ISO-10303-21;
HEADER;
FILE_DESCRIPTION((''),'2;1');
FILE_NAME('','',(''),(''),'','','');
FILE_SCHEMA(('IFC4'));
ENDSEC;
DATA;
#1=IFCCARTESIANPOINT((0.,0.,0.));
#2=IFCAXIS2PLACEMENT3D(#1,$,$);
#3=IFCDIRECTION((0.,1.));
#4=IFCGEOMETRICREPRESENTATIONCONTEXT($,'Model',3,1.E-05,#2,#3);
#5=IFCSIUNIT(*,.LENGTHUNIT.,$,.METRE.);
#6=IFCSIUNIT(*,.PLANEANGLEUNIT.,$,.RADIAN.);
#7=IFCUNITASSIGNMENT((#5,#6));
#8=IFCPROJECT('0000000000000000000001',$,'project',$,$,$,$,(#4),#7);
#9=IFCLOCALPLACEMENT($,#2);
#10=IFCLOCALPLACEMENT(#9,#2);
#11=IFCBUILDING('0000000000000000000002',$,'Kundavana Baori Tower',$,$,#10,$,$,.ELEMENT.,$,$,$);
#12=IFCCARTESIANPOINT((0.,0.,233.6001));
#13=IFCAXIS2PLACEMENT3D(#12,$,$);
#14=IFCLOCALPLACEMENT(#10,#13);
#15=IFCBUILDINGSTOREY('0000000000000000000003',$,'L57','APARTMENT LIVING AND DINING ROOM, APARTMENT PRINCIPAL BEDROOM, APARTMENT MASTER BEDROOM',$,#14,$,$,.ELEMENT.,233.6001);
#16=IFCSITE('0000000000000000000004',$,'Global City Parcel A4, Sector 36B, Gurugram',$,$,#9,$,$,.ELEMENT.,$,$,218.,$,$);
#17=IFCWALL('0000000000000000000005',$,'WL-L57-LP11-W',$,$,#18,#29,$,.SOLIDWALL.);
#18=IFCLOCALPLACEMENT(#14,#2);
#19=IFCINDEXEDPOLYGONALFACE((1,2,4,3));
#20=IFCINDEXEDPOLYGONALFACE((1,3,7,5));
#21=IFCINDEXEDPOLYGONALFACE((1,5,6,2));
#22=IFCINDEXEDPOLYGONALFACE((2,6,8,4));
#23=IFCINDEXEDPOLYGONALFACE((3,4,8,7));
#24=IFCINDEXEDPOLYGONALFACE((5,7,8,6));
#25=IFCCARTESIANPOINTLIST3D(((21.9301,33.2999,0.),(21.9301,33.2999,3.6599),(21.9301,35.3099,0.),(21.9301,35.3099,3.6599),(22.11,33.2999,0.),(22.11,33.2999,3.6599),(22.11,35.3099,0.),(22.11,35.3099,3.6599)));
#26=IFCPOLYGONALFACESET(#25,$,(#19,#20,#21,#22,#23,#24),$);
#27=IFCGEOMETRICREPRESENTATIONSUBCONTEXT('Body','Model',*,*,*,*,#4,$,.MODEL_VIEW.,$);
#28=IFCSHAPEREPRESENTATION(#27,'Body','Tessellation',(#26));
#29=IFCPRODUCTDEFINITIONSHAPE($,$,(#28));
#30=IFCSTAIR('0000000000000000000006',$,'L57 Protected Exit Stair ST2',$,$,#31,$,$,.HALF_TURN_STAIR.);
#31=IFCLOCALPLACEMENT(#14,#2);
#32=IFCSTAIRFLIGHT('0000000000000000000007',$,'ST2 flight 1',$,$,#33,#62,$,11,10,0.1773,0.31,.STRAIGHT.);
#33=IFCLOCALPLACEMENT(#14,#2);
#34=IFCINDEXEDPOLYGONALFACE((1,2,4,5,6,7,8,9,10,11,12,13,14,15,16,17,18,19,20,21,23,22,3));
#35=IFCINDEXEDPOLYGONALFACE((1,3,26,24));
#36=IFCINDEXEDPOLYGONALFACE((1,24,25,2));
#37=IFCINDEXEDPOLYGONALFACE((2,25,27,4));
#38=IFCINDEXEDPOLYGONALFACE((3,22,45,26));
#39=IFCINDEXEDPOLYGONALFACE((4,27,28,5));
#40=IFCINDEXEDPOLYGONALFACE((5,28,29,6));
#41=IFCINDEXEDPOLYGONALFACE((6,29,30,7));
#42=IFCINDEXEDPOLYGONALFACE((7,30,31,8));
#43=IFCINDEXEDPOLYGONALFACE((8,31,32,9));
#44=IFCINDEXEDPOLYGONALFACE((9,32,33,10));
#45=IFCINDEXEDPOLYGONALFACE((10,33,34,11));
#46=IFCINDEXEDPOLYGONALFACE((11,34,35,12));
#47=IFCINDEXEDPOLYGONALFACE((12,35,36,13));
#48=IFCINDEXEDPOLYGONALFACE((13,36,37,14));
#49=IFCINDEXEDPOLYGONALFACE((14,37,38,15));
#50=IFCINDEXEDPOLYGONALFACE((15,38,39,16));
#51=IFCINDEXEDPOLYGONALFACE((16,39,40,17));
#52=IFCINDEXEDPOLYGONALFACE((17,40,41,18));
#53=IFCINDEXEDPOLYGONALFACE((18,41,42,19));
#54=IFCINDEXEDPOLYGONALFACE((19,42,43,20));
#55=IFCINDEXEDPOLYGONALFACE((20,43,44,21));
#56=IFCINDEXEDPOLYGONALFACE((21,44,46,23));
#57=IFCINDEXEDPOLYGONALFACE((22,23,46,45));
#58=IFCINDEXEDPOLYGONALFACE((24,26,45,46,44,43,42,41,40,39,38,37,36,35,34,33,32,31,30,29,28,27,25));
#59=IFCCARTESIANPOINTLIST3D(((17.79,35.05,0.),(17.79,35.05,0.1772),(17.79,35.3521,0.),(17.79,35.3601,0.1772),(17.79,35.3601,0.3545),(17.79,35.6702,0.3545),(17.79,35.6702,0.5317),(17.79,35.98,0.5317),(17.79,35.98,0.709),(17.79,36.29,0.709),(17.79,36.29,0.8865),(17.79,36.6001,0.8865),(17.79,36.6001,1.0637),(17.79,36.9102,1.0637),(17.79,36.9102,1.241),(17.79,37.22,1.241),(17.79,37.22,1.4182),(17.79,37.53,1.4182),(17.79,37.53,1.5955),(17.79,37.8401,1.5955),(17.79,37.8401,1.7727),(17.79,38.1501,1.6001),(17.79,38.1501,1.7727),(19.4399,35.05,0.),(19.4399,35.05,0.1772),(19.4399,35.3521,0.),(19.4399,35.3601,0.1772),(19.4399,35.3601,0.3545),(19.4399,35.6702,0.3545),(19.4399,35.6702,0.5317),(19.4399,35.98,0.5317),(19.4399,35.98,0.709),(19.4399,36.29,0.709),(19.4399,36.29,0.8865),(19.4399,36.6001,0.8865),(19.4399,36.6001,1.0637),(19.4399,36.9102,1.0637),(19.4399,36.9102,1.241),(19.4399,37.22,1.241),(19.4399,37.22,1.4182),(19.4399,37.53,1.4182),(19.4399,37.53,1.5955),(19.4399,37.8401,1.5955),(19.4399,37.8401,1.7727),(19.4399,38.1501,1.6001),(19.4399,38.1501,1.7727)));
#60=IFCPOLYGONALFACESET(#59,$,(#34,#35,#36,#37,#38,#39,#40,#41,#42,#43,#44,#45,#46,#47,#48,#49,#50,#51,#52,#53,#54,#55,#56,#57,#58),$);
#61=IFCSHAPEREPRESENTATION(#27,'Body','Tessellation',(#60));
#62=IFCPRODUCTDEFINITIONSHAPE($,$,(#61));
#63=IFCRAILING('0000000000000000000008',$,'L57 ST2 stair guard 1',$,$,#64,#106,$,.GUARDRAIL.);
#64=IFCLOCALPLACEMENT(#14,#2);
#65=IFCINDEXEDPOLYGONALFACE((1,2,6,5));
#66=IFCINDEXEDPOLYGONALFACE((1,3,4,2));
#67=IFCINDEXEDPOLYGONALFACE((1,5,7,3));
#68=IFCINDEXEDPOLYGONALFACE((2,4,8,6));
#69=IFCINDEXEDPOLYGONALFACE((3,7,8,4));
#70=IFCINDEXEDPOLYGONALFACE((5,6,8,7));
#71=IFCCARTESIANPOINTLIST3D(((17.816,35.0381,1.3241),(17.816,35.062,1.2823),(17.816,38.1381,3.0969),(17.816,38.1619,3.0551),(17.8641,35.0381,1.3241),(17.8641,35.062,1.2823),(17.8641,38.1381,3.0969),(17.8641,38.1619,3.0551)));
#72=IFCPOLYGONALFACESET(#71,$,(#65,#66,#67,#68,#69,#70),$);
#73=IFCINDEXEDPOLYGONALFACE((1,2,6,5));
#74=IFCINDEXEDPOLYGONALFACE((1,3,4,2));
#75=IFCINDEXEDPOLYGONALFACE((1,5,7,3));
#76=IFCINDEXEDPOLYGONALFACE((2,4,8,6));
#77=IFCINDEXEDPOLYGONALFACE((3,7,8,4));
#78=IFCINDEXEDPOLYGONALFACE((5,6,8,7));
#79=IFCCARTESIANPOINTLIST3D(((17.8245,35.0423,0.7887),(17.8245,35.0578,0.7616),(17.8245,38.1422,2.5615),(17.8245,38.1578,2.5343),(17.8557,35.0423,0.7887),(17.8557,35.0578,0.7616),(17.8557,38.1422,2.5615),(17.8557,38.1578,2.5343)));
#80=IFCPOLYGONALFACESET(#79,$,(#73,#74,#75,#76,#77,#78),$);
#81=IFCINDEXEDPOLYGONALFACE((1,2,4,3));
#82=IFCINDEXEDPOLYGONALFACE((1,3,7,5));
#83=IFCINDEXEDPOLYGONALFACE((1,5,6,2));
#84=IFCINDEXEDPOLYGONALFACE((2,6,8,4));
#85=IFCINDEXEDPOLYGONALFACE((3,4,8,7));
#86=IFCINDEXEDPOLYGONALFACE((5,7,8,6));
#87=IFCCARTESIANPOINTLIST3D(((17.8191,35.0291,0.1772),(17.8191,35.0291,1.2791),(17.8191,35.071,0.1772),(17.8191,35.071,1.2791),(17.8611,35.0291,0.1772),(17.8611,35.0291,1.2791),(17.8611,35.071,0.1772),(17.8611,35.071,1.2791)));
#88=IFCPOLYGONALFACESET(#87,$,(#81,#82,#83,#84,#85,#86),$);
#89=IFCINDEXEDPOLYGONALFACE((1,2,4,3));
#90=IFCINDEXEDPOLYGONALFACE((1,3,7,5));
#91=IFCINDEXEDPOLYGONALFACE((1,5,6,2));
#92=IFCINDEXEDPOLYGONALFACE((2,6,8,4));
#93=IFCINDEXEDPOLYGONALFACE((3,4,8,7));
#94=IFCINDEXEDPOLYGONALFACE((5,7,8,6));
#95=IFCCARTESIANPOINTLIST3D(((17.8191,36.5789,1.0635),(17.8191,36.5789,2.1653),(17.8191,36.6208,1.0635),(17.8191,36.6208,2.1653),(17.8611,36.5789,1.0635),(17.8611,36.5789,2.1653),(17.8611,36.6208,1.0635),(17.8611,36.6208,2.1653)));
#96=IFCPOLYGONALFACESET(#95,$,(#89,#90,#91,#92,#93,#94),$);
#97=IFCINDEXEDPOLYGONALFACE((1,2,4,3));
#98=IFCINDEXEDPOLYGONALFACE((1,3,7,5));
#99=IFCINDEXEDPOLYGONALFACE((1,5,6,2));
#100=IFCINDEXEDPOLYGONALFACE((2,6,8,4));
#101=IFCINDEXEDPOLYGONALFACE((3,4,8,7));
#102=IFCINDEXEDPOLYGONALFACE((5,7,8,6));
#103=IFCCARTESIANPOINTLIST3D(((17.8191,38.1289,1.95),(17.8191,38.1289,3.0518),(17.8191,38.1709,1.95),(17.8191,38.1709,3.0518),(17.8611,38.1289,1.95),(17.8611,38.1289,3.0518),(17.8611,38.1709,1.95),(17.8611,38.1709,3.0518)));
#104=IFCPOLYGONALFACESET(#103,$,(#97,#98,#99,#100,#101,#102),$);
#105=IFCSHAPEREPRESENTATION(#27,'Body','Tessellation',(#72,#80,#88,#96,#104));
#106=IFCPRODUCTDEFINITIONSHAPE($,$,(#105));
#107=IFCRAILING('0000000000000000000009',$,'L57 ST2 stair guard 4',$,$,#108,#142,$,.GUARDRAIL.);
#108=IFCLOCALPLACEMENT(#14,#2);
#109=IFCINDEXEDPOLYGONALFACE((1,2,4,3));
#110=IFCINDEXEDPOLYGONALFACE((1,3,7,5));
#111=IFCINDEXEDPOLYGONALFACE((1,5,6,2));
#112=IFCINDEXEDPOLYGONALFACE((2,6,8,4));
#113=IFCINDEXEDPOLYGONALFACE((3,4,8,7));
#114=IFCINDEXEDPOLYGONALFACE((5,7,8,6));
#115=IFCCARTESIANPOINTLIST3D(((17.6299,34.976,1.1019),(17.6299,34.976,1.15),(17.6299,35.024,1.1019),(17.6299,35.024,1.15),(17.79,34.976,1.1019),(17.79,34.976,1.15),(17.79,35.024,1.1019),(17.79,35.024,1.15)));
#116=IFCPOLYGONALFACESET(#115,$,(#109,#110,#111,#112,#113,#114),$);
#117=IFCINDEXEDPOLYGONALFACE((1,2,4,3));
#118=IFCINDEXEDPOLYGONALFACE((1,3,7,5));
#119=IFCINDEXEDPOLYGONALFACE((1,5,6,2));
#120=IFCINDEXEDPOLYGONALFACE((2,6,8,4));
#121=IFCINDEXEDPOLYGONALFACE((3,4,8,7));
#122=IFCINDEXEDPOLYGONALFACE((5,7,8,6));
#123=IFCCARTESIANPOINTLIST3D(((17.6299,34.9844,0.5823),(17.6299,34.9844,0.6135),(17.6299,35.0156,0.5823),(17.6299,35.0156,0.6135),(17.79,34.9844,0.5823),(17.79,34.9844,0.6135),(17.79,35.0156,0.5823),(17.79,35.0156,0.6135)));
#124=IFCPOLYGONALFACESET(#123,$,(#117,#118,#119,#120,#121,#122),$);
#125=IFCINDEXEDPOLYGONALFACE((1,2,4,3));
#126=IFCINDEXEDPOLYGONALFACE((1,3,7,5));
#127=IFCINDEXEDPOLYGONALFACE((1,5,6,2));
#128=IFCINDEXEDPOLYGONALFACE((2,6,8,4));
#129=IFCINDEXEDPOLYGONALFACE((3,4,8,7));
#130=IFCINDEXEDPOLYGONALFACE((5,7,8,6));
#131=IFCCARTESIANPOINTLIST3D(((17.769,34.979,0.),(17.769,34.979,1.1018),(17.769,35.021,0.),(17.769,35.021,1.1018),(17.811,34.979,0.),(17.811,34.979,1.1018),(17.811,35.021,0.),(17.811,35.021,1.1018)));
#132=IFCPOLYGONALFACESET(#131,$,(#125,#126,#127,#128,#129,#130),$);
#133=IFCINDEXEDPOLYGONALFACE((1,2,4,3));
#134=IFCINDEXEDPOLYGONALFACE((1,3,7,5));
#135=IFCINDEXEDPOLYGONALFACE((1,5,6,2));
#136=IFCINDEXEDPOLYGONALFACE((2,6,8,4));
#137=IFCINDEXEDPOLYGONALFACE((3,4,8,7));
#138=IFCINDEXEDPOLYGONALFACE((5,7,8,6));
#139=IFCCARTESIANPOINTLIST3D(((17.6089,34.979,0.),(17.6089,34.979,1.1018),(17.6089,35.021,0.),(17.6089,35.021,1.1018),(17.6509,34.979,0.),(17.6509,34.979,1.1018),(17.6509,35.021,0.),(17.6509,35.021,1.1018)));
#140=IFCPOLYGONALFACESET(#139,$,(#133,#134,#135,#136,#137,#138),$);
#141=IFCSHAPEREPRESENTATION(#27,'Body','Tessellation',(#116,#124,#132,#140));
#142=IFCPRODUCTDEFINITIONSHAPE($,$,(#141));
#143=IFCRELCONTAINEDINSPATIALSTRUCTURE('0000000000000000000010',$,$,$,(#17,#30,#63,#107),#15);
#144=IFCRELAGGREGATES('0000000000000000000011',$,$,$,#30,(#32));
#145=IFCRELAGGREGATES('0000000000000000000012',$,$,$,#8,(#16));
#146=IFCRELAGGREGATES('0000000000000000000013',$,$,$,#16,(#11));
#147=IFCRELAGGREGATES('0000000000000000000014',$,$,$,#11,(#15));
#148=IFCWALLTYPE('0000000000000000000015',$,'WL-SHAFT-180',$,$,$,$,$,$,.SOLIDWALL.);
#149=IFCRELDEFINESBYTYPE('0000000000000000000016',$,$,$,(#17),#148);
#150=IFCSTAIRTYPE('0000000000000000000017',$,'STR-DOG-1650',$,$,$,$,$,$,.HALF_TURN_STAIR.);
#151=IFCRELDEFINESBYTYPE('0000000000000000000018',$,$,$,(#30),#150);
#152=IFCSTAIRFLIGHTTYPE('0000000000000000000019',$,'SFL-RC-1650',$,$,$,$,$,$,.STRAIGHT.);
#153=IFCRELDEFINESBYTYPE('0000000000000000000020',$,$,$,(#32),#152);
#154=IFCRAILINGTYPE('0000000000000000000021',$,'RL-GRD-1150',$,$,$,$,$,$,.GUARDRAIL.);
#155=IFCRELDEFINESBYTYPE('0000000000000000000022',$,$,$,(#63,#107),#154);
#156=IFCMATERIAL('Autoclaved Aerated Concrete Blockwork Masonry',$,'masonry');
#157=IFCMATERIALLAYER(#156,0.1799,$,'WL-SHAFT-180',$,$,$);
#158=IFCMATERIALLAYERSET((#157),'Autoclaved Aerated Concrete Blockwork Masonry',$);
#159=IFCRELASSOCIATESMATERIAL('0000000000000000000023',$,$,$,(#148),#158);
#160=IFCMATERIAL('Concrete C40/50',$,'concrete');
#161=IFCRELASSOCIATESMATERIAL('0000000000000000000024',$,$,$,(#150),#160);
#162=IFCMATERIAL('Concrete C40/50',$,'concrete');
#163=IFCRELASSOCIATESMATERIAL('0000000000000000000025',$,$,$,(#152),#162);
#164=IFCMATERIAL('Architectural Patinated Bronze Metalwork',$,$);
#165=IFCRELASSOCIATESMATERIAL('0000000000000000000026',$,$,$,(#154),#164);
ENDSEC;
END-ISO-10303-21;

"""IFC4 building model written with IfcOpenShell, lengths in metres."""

from ifc_helpers import new_model, si_unit, direction, frame, frame_2d, origin, origin_2d, place, context, subcontext, project, spatial, polyline, rectangle, outline, extrude, material, layer, layer_set, type_object, element, aggregate, save


model = new_model("IFC4")

# Units and contexts
model_context = context("Model", 3, precision=1e-05, world=origin(), true_north=direction((0.0, 1.0)))
body_context = subcontext(model_context, "Body", "Model", "MODEL_VIEW")
ifc_project = project(units=[si_unit("LENGTHUNIT", "METRE"), si_unit("PLANEANGLEUNIT", "RADIAN")], contexts=[model_context])

# Site, building, storey
site_placement = place(None, origin())
site = spatial("IfcSite", under=ifc_project, at=site_placement, Name="Global City Parcel A4, Sector 36B, Gurugram", CompositionType="ELEMENT", RefElevation=218.0)
building_placement = place(site_placement, origin())
building = spatial("IfcBuilding", under=site, at=building_placement, Name="Kundavana Baori Tower", CompositionType="ELEMENT")
storey_placement = place(building_placement, frame((0.0, 0.0, 233.6001)))
storey = spatial("IfcBuildingStorey", under=building, at=storey_placement, Name="L57", Description="APARTMENT LIVING AND DINING ROOM, APARTMENT PRINCIPAL BEDROOM, APARTMENT MASTER BEDROOM", CompositionType="ELEMENT", Elevation=233.6001)

# Shared definitions
ifc_material_1 = material(Name="Autoclaved Aerated Concrete Blockwork Masonry", Category="masonry")
ifc_layer_1 = layer(ifc_material_1, 0.1799, Name="WL-SHAFT-180")
ifc_layer_set_1 = layer_set([ifc_layer_1], Name="Autoclaved Aerated Concrete Blockwork Masonry")
wall_type_1 = type_object("IfcWallType", Name="WL-SHAFT-180", PredefinedType="SOLIDWALL", material=ifc_layer_set_1)

# Wall
wall_1_placement = place(storey_placement, frame((22.02, 33.3, 0.0), z_axis=(0.0, 0.0, 1.0), x_axis=(0.0, 1.0, 0.0)))
element("IfcWall", 1, at=wall_1_placement, inside=storey, type_object=wall_type_1, Name="WL-L57-LP11-W", PredefinedType="SOLIDWALL", context=body_context, shape_type="SweptSolid", body=[
    extrude(rectangle(XDim=2.01, YDim=0.1799, at=frame_2d((1.0049, 0.0))), origin(), (0.0, 0.0, 1.0), 3.6599),
])

# Stair, stair flight
ifc_material_2 = material(Name="Concrete C40/50", Category="concrete")
stair_type = type_object("IfcStairType", Name="STR-DOG-1650", PredefinedType="HALF_TURN_STAIR", material=ifc_material_2)
stair_placement = place(storey_placement, origin())
stair = element("IfcStair", 2, at=stair_placement, inside=storey, type_object=stair_type, Name="L57 Protected Exit Stair ST2", PredefinedType="HALF_TURN_STAIR")
ifc_material_3 = material(Name="Concrete C40/50", Category="concrete")
stair_flight_type = type_object("IfcStairFlightType", Name="SFL-RC-1650", PredefinedType="STRAIGHT", material=ifc_material_3)
stair_flight_placement = place(storey_placement, frame((18.615, 35.05, 0.0), z_axis=(0.0, 0.0, 1.0), x_axis=(0.0, 1.0, 0.0)))
stair_flight = element("IfcStairFlight", 3, at=stair_flight_placement, type_object=stair_flight_type, Name="ST2 flight 1", NumberOfRisers=11, NumberOfTreads=10, PredefinedType="STRAIGHT", RiserHeight=0.1773, TreadLength=0.31, context=body_context, shape_type="SweptSolid", body=[
    extrude(outline(polyline([(0.0, 0.0), (0.0, 0.1772), (0.3101, 0.1772), (0.3101, 0.3545), (0.6201, 0.3545), (0.6201, 0.5317), (0.9299, 0.5317), (0.9299, 0.709), (1.24, 0.709), (1.24, 0.8865), (1.55, 0.8865), (1.55, 1.0637), (1.8601, 1.0637), (1.8601, 1.241), (2.1699, 1.241), (2.1699, 1.4182), (2.48, 1.4182), (2.48, 1.5955), (2.79, 1.5955), (2.79, 1.7727), (3.1001, 1.7727), (3.1001, 1.95), (3.1001, 1.6001), (0.302, 0.0), (0.0, 0.0)])), frame((0.0, 0.825, 0.0), z_axis=(0.0, -1.0, 0.0), x_axis=(1.0, 0.0, 0.0)), (0.0, 0.0, 1.0), 1.6499),
])
aggregate(stair, [stair_flight])

# Railings
ifc_material_4 = material(Name="Architectural Patinated Bronze Metalwork")
railing_type = type_object("IfcRailingType", Name="RL-GRD-1150", PredefinedType="GUARDRAIL", material=ifc_material_4)
railing_1_placement = place(storey_placement, frame((17.8401, 35.05, 0.1772)))
element("IfcRailing", 4, at=railing_1_placement, inside=storey, type_object=railing_type, Name="L57 ST2 stair guard 1", PredefinedType="GUARDRAIL", context=body_context, shape_type="SweptSolid", body=[
    extrude(rectangle(XDim=0.0481, YDim=0.0481, at=origin_2d()), frame((0.0, 0.0, 1.126), z_axis=(0.0, 0.868079, 0.496426), x_axis=(-1.0, 0.0, 0.0)), (0.0, 0.0, 1.0), 3.571),
    extrude(rectangle(XDim=0.0312, YDim=0.0312, at=origin_2d()), frame((0.0, 0.0, 0.5979), z_axis=(0.0, 0.868079, 0.496426), x_axis=(-1.0, 0.0, 0.0)), (0.0, 0.0, 1.0), 3.571),
    extrude(rectangle(XDim=0.042, YDim=0.042, at=origin_2d()), origin(), (0.0, 0.0, 1.0), 1.1018),
    extrude(rectangle(XDim=0.042, YDim=0.042, at=origin_2d()), frame((0.0, 1.5498, 0.8862)), (0.0, 0.0, 1.0), 1.1018),
    extrude(rectangle(XDim=0.042, YDim=0.042, at=origin_2d()), frame((0.0, 3.0999, 1.7727)), (0.0, 0.0, 1.0), 1.1018),
])
railing_2_placement = place(storey_placement, frame((17.79, 35.0, 0.0)))
element("IfcRailing", 5, at=railing_2_placement, inside=storey, type_object=railing_type, Name="L57 ST2 stair guard 4", PredefinedType="GUARDRAIL", context=body_context, shape_type="SweptSolid", body=[
    extrude(rectangle(XDim=0.0481, YDim=0.0481, at=origin_2d()), frame((0.0, 0.0, 1.126), z_axis=(-1.0, 0.0, 0.0), x_axis=(0.0, -1.0, 0.0)), (0.0, 0.0, 1.0), 0.1602),
    extrude(rectangle(XDim=0.0312, YDim=0.0312, at=origin_2d()), frame((0.0, 0.0, 0.5979), z_axis=(-1.0, 0.0, 0.0), x_axis=(0.0, -1.0, 0.0)), (0.0, 0.0, 1.0), 0.1602),
    extrude(rectangle(XDim=0.042, YDim=0.042, at=origin_2d()), origin(), (0.0, 0.0, 1.0), 1.1018),
    extrude(rectangle(XDim=0.042, YDim=0.042, at=origin_2d()), frame((-0.1602, 0.0, 0.0)), (0.0, 0.0, 1.0), 1.1018),
])

save(model, "model.ifc")
